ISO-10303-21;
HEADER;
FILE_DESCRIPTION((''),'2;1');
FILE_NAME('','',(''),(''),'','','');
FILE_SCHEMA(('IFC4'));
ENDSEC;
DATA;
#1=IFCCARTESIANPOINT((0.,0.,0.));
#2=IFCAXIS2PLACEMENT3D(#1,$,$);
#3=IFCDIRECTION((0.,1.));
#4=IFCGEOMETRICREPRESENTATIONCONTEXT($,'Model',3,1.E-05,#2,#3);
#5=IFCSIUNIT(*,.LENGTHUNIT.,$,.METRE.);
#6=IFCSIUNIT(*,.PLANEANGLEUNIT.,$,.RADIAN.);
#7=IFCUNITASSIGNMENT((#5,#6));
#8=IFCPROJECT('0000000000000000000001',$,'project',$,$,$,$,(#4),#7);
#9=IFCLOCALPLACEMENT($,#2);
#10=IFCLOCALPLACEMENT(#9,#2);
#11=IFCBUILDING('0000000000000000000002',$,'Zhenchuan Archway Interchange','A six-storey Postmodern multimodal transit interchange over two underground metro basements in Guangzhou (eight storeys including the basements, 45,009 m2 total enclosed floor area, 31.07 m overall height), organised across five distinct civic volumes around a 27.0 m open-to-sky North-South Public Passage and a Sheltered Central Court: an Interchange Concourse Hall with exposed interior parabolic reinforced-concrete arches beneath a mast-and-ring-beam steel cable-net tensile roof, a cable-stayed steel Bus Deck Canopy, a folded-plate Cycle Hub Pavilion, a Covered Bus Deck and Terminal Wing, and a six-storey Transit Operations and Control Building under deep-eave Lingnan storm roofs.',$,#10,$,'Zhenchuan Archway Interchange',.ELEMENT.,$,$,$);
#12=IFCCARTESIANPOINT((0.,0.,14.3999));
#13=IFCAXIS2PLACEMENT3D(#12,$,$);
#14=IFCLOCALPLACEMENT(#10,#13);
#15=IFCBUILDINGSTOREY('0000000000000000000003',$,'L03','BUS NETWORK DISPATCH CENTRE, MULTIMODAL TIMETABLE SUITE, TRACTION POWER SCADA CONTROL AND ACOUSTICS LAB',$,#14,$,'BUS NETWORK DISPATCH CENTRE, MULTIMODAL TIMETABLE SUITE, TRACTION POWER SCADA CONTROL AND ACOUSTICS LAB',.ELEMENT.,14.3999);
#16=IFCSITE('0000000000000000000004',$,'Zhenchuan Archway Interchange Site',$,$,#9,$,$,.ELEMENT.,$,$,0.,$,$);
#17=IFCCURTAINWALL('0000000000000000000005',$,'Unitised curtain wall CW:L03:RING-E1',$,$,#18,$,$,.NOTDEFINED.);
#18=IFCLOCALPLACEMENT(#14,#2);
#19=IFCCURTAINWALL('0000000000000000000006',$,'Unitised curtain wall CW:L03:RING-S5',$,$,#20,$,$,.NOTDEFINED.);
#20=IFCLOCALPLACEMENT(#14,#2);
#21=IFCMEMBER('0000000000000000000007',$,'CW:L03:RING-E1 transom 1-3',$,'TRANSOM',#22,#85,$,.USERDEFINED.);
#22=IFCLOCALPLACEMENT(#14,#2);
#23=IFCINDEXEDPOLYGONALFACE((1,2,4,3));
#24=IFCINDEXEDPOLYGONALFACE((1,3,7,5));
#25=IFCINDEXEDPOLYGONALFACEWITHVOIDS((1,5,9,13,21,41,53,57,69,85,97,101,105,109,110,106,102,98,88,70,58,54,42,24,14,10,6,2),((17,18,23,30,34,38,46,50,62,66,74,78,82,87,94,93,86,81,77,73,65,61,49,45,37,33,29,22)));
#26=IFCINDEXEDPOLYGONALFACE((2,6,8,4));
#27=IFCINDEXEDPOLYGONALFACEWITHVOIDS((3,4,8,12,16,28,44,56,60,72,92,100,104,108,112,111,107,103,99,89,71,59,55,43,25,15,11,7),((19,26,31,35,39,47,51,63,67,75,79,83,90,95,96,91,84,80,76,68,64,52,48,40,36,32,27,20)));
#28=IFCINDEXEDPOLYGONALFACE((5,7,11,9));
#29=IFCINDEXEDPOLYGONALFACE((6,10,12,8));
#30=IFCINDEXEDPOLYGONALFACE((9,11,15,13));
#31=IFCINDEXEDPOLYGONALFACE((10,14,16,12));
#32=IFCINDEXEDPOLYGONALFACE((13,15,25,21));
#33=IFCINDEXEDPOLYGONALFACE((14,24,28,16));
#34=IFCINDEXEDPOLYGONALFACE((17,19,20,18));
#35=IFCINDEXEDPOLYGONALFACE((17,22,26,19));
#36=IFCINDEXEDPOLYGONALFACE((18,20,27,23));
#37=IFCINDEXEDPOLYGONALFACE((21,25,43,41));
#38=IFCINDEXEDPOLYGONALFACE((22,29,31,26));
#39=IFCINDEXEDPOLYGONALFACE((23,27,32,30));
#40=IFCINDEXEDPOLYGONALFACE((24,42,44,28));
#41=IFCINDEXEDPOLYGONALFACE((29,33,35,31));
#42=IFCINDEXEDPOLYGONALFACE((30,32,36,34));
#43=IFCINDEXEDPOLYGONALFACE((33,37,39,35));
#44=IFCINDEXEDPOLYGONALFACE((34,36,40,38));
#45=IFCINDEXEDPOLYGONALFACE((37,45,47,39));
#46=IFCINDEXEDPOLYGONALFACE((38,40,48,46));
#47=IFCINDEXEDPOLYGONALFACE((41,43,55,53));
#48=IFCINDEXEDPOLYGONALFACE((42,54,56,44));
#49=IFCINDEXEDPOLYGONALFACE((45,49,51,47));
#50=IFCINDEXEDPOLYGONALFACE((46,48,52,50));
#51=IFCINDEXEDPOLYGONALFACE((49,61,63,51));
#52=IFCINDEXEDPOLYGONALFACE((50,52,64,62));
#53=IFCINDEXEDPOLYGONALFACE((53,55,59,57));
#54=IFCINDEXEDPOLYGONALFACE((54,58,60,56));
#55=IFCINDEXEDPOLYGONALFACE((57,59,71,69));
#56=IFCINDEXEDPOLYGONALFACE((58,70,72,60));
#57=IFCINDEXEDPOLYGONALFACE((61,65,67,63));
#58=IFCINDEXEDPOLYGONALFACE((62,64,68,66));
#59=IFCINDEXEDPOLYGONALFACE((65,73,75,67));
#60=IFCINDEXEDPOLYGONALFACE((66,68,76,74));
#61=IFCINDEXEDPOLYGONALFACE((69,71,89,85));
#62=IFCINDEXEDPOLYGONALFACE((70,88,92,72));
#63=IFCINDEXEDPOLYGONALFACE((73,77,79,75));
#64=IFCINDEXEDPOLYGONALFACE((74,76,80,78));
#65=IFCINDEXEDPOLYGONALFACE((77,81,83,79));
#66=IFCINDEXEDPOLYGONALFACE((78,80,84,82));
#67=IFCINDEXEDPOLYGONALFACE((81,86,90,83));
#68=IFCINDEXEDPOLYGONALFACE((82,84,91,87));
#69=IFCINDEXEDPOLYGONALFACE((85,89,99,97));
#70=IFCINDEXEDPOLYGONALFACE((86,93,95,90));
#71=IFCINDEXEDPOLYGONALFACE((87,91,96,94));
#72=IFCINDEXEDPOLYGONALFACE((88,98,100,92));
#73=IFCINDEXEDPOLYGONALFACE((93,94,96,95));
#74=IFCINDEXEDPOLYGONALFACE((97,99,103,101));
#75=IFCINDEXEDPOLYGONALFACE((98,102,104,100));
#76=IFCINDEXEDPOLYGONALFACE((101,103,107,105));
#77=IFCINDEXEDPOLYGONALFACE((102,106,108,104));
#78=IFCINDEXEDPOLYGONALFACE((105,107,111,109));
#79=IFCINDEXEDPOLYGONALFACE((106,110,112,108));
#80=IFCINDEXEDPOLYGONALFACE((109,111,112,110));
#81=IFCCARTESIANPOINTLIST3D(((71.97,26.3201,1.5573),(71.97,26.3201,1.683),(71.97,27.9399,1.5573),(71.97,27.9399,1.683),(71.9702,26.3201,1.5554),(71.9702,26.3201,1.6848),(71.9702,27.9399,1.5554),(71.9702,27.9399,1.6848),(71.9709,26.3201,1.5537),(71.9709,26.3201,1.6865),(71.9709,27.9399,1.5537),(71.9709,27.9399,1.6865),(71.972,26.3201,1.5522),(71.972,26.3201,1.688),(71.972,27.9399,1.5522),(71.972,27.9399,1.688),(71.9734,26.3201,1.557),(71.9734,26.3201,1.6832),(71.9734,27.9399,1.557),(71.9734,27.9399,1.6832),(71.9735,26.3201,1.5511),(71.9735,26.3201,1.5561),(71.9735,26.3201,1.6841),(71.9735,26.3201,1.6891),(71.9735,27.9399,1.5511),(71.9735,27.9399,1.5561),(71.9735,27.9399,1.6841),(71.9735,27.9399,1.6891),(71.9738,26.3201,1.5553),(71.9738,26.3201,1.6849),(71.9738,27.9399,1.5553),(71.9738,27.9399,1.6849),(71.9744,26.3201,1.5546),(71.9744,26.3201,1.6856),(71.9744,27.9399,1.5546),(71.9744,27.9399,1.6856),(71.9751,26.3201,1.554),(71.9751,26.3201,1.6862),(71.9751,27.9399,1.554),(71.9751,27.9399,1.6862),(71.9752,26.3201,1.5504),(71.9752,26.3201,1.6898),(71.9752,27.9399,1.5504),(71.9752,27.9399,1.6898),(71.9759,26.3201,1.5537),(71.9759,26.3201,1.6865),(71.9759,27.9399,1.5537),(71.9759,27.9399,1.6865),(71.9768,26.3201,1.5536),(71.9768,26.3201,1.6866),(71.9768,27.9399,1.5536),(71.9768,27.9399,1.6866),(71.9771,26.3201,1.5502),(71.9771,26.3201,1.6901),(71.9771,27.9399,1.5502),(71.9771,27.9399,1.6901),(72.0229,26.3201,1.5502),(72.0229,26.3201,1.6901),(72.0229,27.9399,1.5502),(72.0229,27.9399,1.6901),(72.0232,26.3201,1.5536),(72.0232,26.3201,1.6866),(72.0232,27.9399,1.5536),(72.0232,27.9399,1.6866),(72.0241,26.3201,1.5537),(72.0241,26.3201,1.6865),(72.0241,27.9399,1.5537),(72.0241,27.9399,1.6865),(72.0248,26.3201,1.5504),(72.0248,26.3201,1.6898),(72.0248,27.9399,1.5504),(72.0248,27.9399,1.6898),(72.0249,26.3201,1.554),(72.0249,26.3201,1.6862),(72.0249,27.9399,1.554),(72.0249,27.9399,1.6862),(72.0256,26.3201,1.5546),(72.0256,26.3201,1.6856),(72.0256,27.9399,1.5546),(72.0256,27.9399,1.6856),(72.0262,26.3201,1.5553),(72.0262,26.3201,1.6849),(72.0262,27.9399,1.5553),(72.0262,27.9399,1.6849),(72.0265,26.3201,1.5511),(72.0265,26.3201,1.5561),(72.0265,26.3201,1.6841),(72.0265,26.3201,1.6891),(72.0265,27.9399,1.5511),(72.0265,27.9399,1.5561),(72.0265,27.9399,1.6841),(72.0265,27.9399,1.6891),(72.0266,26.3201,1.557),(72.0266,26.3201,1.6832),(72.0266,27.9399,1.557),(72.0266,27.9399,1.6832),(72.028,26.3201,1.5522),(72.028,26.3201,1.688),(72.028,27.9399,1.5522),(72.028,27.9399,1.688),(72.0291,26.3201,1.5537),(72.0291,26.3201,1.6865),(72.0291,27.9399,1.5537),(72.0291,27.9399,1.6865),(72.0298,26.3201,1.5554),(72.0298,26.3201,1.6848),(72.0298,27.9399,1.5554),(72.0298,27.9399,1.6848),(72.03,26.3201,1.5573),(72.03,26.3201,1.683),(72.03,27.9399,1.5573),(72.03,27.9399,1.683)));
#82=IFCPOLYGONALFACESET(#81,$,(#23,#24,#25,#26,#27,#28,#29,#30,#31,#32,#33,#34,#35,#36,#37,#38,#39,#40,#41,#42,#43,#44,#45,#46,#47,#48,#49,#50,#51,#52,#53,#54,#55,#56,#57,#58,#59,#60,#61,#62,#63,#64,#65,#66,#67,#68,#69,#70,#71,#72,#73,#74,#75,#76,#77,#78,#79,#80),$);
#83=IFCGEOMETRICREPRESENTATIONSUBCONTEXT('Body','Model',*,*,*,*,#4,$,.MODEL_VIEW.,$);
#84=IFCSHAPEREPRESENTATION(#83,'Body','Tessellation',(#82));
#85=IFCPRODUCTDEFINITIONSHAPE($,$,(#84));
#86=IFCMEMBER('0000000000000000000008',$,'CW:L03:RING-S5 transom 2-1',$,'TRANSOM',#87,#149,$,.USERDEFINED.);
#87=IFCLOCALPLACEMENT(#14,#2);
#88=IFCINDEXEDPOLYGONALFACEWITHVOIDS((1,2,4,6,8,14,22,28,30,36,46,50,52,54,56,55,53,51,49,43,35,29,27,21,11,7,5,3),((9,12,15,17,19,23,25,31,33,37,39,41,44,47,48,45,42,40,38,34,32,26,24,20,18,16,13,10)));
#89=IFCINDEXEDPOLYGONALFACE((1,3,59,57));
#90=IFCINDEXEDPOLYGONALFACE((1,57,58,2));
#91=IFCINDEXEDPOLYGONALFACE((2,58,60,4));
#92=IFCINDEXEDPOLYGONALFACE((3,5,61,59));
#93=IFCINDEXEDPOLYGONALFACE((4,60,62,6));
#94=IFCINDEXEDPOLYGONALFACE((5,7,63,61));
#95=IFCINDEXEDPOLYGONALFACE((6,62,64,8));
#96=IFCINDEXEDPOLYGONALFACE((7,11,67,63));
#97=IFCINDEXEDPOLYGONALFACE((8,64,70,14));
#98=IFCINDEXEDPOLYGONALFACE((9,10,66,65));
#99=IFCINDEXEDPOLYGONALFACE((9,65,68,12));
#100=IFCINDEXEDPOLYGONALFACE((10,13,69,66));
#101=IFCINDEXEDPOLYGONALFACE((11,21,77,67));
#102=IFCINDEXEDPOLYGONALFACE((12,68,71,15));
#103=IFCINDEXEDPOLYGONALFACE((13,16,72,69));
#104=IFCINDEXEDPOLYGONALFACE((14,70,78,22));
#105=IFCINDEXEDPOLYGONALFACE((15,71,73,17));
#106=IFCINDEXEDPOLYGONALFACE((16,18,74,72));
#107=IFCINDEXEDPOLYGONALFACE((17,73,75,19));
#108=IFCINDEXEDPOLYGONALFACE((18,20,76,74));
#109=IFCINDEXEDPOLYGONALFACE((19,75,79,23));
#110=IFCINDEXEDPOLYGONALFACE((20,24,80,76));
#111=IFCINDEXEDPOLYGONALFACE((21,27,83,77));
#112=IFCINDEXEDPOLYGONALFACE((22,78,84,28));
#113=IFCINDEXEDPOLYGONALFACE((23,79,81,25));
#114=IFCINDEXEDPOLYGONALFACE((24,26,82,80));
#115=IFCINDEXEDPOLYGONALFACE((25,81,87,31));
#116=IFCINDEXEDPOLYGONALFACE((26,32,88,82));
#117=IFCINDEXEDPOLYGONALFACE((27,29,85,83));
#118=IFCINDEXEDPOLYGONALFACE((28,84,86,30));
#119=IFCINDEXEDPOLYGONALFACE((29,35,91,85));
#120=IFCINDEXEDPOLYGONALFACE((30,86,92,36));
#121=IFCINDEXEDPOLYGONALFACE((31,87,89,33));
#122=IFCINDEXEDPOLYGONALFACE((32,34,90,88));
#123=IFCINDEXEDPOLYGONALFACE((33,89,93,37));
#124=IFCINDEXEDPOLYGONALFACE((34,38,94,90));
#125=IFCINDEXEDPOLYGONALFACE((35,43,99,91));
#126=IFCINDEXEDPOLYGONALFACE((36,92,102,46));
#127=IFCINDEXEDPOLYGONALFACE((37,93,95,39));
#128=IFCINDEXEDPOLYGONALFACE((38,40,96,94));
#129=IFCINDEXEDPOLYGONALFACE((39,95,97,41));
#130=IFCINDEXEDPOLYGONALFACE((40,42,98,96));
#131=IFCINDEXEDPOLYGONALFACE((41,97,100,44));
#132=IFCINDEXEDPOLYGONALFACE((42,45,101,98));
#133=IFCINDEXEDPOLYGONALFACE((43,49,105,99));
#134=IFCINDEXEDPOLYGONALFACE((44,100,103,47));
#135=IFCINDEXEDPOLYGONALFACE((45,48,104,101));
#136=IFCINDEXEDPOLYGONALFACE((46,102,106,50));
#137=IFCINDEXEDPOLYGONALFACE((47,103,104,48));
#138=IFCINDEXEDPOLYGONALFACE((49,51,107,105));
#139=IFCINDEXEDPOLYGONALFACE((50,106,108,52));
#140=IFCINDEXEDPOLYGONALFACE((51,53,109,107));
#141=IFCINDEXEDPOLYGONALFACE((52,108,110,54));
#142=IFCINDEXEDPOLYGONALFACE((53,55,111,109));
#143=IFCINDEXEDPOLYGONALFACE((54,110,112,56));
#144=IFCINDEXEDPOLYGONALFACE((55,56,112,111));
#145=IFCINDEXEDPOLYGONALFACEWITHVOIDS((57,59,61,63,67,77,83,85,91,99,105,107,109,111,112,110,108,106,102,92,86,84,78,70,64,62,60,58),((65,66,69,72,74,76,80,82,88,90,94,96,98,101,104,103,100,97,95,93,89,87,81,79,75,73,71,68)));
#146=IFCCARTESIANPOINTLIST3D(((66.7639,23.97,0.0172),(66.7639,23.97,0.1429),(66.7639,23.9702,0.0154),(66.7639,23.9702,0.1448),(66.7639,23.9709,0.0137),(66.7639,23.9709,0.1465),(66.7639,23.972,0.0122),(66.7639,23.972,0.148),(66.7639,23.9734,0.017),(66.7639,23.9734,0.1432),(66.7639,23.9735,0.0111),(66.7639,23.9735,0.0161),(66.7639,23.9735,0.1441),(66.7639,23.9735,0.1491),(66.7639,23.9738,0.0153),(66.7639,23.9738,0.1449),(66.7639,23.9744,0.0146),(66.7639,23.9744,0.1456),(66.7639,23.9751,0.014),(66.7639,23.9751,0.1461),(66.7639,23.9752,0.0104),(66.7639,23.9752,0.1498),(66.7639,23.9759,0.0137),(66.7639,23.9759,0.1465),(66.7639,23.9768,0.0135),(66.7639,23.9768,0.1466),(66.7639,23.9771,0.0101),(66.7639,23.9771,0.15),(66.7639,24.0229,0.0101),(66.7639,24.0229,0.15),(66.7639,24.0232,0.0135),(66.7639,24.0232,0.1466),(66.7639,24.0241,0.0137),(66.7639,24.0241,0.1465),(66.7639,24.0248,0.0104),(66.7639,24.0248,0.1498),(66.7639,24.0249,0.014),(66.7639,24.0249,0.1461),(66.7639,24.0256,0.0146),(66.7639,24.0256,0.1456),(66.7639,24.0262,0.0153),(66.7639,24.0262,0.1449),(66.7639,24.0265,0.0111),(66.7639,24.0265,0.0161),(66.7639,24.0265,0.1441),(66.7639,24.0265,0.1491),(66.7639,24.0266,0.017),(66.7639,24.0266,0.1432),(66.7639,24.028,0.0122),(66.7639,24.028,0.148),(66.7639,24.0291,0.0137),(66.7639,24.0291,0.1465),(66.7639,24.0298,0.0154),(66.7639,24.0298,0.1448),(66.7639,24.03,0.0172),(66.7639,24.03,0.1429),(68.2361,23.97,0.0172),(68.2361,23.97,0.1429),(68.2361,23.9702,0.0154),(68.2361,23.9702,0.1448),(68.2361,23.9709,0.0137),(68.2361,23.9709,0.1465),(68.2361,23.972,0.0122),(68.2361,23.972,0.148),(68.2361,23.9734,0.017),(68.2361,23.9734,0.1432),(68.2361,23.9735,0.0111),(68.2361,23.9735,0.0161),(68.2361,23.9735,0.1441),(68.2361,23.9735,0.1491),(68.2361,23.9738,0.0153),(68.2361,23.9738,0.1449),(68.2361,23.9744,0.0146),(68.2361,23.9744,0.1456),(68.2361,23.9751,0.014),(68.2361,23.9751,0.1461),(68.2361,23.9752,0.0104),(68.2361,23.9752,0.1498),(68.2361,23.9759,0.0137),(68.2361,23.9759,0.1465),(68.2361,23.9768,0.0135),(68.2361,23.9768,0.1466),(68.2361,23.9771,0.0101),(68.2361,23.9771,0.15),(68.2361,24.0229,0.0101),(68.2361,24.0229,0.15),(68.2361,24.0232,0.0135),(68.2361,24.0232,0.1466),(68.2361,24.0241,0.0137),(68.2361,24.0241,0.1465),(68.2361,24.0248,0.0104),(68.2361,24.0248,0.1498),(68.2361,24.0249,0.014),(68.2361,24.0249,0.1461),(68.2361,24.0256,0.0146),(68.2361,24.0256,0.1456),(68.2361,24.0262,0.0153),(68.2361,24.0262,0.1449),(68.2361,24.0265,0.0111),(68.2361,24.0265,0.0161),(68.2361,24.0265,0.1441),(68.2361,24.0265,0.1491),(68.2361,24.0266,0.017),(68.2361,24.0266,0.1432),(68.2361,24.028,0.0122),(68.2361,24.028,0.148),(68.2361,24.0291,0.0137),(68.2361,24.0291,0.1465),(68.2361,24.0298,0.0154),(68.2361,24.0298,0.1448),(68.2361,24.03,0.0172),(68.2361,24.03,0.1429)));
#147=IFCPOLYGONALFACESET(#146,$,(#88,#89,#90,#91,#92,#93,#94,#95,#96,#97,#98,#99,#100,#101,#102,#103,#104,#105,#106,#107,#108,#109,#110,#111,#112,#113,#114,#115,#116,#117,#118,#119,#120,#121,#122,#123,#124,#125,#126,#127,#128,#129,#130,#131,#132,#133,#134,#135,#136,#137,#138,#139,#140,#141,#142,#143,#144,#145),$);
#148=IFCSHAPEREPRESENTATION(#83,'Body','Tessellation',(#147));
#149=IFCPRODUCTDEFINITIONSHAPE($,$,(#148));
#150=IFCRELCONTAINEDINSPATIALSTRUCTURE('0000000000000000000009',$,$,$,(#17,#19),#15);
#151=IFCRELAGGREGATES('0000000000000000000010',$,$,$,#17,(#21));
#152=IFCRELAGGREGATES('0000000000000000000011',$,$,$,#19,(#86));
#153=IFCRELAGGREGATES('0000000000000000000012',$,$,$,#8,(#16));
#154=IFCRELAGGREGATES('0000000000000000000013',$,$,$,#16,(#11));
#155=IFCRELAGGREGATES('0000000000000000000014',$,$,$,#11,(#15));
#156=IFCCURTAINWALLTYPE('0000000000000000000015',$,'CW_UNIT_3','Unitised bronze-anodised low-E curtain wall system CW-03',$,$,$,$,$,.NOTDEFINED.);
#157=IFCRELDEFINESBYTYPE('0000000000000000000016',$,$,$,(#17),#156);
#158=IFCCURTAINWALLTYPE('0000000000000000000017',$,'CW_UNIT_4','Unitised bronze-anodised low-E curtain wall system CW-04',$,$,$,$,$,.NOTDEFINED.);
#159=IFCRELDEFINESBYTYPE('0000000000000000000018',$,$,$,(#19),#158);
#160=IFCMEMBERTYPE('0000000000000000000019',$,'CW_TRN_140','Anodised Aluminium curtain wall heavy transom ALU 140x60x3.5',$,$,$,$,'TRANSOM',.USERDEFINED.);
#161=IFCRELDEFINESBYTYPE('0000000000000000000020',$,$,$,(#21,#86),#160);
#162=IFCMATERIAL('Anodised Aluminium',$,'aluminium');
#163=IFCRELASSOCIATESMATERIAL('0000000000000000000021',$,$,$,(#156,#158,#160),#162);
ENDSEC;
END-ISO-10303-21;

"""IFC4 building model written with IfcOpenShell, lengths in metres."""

from ifc_helpers import new_model, si_unit, direction, frame, origin, origin_2d, place, context, subcontext, project, spatial, hollow_rectangle, extrude, material, material_profile, profile_set, type_object, element, aggregate, save


model = new_model("IFC4")

# Units and contexts
model_context = context("Model", 3, precision=1e-05, world=origin(), true_north=direction((0.0, 1.0)))
body_context = subcontext(model_context, "Body", "Model", "MODEL_VIEW")
ifc_project = project(units=[si_unit("LENGTHUNIT", "METRE"), si_unit("PLANEANGLEUNIT", "RADIAN")], contexts=[model_context])

# Site, building, storey
site_placement = place(None, origin())
site = spatial("IfcSite", under=ifc_project, at=site_placement, Name="Zhenchuan Archway Interchange Site", CompositionType="ELEMENT", RefElevation=0.0)
building_placement = place(site_placement, origin())
building = spatial("IfcBuilding", under=site, at=building_placement, Name="Zhenchuan Archway Interchange", Description="A six-storey Postmodern multimodal transit interchange over two underground metro basements in Guangzhou (eight storeys including the basements, 45,009 m2 total enclosed floor area, 31.07 m overall height), organised across five distinct civic volumes around a 27.0 m open-to-sky North-South Public Passage and a Sheltered Central Court: an Interchange Concourse Hall with exposed interior parabolic reinforced-concrete arches beneath a mast-and-ring-beam steel cable-net tensile roof, a cable-stayed steel Bus Deck Canopy, a folded-plate Cycle Hub Pavilion, a Covered Bus Deck and Terminal Wing, and a six-storey Transit Operations and Control Building under deep-eave Lingnan storm roofs.", LongName="Zhenchuan Archway Interchange", CompositionType="ELEMENT")
storey_placement = place(building_placement, frame((0.0, 0.0, 14.3999)))
storey = spatial("IfcBuildingStorey", under=building, at=storey_placement, Name="L03", Description="BUS NETWORK DISPATCH CENTRE, MULTIMODAL TIMETABLE SUITE, TRACTION POWER SCADA CONTROL AND ACOUSTICS LAB", LongName="BUS NETWORK DISPATCH CENTRE, MULTIMODAL TIMETABLE SUITE, TRACTION POWER SCADA CONTROL AND ACOUSTICS LAB", CompositionType="ELEMENT", Elevation=14.3999)

# Curtain walls
ifc_material_1 = material(Name="Anodised Aluminium", Category="aluminium")
curtain_wall_type_1 = type_object("IfcCurtainWallType", Name="CW_UNIT_3", Description="Unitised bronze-anodised low-E curtain wall system CW-03", PredefinedType="NOTDEFINED", material=ifc_material_1)
curtain_wall_1_placement = place(storey_placement, origin())
curtain_wall_1 = element("IfcCurtainWall", 1, at=curtain_wall_1_placement, inside=storey, type_object=curtain_wall_type_1, Name="Unitised curtain wall CW:L03:RING-E1", PredefinedType="NOTDEFINED")
curtain_wall_type_2 = type_object("IfcCurtainWallType", Name="CW_UNIT_4", Description="Unitised bronze-anodised low-E curtain wall system CW-04", PredefinedType="NOTDEFINED", material=ifc_material_1)
curtain_wall_2_placement = place(storey_placement, origin())
curtain_wall_2 = element("IfcCurtainWall", 2, at=curtain_wall_2_placement, inside=storey, type_object=curtain_wall_type_2, Name="Unitised curtain wall CW:L03:RING-S5", PredefinedType="NOTDEFINED")

# Members
ifc_material_profile_1 = material_profile(ifc_material_1, hollow_rectangle(XDim=0.0601, YDim=0.1399, WallThickness=0.0034, InnerFilletRadius=0.0034, OuterFilletRadius=0.0071, at=origin_2d()), Name="ALU 140x60x3.5")
ifc_profile_set_1 = profile_set([ifc_material_profile_1], Name="Anodised Aluminium")
member_type_1 = type_object("IfcMemberType", Name="CW_TRN_140", Description="Anodised Aluminium curtain wall heavy transom ALU 140x60x3.5", ElementType="TRANSOM", PredefinedType="USERDEFINED", material=ifc_profile_set_1)
member_1_placement = place(storey_placement, frame((72.0, 26.3201, 1.6201), z_axis=(0.0, 1.0, 0.0), x_axis=(-1.0, 0.0, 0.0)))
member_1 = element("IfcMember", 3, at=member_1_placement, type_object=member_type_1, Name="CW:L03:RING-E1 transom 1-3", ObjectType="TRANSOM", PredefinedType="USERDEFINED", context=body_context, shape_type="SweptSolid", body=[
    extrude(hollow_rectangle(XDim=0.0601, YDim=0.1399, WallThickness=0.0034, InnerFilletRadius=0.0034, OuterFilletRadius=0.0071, at=origin_2d()), origin(), (0.0, 0.0, 1.0), 1.6199),
])
member_2_placement = place(storey_placement, frame((66.7639, 24.0, 0.0801), z_axis=(1.0, 0.0, 0.0), x_axis=(0.0, 1.0, 0.0)))
member_2 = element("IfcMember", 4, at=member_2_placement, type_object=member_type_1, Name="CW:L03:RING-S5 transom 2-1", ObjectType="TRANSOM", PredefinedType="USERDEFINED", context=body_context, shape_type="SweptSolid", body=[
    extrude(hollow_rectangle(XDim=0.0601, YDim=0.1399, WallThickness=0.0034, InnerFilletRadius=0.0034, OuterFilletRadius=0.0071, at=origin_2d()), origin(), (0.0, 0.0, 1.0), 1.4722),
])

aggregate(curtain_wall_1, [member_1])
aggregate(curtain_wall_2, [member_2])

save(model, "model.ifc")
